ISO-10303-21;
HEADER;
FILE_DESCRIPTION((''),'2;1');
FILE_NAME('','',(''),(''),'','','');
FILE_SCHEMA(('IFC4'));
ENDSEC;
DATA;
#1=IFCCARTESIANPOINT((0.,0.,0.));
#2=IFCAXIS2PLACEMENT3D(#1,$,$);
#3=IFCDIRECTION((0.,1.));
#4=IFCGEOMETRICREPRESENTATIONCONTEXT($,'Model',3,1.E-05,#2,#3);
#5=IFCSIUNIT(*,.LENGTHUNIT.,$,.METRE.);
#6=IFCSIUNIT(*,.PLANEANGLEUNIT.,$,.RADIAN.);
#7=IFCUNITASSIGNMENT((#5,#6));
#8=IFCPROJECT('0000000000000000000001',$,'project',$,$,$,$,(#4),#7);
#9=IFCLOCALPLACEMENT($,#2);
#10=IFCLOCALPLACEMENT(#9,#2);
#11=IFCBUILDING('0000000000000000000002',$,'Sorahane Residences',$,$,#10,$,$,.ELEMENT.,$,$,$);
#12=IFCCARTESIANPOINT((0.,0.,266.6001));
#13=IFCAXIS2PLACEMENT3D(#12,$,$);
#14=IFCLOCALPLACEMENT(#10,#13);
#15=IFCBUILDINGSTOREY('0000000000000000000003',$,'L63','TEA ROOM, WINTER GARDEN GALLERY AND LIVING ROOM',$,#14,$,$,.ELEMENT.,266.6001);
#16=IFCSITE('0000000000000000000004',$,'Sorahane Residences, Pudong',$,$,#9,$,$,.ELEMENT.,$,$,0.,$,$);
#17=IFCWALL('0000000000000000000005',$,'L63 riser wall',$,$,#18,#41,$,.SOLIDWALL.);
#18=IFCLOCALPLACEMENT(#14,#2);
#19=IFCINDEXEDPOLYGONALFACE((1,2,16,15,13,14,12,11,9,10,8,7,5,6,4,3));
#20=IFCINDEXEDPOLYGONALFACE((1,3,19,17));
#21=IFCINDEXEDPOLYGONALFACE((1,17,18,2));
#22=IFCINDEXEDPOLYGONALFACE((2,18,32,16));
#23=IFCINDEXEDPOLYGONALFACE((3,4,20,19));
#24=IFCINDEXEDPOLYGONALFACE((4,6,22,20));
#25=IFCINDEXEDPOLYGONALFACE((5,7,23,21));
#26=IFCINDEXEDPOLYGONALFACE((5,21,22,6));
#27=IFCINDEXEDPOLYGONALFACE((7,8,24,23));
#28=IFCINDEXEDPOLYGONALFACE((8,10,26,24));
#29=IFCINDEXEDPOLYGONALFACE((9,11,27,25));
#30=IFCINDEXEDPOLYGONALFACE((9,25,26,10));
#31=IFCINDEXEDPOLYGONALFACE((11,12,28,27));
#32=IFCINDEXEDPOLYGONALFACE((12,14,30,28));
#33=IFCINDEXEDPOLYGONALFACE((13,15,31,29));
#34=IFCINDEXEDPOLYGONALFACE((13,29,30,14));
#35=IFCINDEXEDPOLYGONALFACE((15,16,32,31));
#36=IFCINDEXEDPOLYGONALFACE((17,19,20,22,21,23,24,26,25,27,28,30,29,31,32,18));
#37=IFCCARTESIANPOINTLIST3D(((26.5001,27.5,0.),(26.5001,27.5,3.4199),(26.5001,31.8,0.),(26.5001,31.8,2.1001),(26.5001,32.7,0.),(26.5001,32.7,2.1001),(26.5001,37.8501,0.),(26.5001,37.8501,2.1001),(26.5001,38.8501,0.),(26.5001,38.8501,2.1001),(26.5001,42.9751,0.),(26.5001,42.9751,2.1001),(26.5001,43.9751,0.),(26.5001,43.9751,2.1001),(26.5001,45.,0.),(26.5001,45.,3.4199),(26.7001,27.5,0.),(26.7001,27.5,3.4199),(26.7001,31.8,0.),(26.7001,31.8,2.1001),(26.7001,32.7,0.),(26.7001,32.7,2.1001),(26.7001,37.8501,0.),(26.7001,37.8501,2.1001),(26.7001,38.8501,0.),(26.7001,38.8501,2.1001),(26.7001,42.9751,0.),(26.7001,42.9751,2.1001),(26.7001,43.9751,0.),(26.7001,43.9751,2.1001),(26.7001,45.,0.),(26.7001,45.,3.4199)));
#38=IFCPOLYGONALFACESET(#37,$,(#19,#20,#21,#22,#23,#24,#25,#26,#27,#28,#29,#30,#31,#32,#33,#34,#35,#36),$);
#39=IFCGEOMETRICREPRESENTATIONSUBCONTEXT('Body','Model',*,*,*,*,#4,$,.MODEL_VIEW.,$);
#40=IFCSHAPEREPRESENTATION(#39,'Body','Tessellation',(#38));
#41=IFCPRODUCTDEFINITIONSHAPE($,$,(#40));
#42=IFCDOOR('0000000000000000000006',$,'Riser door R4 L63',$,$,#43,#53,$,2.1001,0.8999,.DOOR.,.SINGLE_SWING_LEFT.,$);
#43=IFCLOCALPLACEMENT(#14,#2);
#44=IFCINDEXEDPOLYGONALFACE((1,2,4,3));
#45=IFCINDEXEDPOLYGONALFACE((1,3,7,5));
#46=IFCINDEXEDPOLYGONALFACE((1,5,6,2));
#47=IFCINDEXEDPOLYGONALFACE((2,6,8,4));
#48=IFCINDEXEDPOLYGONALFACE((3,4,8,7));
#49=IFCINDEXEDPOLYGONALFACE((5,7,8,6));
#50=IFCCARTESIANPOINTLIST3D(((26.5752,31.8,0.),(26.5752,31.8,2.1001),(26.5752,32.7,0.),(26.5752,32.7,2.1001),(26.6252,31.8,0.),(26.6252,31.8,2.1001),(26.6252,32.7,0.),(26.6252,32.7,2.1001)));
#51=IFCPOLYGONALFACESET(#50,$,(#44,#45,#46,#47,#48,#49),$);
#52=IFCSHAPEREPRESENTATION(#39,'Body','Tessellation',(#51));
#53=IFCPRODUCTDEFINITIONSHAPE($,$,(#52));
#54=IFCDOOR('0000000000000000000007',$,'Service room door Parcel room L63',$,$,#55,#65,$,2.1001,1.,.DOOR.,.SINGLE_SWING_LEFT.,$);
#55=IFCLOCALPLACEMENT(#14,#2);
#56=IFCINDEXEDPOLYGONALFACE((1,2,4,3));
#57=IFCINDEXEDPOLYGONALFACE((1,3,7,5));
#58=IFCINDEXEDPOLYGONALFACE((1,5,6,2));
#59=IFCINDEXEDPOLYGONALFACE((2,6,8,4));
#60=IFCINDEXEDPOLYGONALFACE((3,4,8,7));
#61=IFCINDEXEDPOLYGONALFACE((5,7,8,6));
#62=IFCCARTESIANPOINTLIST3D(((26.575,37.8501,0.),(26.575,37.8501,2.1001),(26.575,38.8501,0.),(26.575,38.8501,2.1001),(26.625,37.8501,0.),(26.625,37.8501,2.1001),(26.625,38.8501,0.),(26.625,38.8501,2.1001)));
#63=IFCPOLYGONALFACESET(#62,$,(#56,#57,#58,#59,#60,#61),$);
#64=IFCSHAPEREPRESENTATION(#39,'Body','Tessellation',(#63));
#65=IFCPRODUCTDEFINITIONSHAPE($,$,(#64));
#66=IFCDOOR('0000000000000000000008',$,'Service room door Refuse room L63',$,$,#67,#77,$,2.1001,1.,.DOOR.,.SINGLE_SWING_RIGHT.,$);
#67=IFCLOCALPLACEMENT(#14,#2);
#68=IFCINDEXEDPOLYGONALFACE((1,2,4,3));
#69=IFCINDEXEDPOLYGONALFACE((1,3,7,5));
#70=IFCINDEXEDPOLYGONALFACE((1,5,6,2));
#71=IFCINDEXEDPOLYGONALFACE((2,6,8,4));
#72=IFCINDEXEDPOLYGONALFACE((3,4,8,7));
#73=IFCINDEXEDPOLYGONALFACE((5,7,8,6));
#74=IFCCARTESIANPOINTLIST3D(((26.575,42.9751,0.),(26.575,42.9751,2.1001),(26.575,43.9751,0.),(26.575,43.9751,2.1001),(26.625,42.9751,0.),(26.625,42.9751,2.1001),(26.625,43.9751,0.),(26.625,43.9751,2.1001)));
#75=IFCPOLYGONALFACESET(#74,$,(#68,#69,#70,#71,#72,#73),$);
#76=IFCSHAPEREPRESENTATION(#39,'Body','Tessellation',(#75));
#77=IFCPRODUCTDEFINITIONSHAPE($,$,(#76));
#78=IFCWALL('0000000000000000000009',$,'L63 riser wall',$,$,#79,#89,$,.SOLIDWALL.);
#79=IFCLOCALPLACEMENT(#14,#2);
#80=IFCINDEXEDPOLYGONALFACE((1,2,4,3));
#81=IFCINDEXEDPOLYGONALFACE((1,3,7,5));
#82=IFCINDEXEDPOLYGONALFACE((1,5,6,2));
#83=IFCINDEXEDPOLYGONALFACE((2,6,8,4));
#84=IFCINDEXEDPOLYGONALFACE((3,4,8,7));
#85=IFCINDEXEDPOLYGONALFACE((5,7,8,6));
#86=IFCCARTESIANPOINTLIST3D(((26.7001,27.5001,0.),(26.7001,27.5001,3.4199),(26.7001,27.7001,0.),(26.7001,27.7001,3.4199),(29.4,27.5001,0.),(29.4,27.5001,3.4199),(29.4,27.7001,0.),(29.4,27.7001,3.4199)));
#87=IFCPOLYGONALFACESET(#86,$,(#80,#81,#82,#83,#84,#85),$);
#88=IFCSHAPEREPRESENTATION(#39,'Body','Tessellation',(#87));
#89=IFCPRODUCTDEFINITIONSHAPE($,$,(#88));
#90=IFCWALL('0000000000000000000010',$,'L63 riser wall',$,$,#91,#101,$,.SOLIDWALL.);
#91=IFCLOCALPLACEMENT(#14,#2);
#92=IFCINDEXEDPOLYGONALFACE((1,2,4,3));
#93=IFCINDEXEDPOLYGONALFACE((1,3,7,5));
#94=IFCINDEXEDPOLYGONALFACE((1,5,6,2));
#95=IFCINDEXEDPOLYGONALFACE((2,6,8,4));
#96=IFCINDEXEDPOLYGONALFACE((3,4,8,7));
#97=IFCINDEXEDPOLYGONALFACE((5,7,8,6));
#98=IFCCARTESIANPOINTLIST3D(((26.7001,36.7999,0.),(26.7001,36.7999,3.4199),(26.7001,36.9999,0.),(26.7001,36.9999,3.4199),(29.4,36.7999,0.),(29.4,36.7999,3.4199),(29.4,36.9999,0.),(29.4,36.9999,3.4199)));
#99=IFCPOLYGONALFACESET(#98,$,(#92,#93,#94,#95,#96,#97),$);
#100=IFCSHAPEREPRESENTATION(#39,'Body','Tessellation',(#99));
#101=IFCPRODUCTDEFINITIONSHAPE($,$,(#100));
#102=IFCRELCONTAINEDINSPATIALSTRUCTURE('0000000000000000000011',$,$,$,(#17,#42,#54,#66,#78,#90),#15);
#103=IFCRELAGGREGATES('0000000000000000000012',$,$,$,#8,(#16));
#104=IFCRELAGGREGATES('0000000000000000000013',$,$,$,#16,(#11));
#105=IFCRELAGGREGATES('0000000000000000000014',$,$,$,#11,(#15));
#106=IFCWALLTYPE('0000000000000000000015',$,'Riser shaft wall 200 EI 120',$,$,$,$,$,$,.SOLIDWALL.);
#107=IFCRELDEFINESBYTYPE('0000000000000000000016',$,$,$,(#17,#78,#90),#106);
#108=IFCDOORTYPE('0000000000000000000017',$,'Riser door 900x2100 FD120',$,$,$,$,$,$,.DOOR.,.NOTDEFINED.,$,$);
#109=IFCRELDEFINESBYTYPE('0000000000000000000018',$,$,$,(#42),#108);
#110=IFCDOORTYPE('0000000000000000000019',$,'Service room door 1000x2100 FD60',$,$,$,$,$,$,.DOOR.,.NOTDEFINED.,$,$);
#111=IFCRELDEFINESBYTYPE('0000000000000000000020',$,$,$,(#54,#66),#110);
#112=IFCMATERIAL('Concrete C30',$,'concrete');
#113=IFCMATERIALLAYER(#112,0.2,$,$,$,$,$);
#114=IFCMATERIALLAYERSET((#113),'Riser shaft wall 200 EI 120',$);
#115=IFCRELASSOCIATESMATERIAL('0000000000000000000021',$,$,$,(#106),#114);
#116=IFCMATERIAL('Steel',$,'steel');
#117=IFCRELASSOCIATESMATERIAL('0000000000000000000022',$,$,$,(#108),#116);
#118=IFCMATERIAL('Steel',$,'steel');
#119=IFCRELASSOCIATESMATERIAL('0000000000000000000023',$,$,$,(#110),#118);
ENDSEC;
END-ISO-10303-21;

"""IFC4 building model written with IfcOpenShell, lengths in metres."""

from ifc_helpers import new_model, si_unit, direction, frame, frame_2d, origin, place, context, subcontext, project, spatial, rectangle, extrude, material, layer, layer_set, type_object, element, fill, save


model = new_model("IFC4")

# Units and contexts
model_context = context("Model", 3, precision=1e-05, world=origin(), true_north=direction((0.0, 1.0)))
body_context = subcontext(model_context, "Body", "Model", "MODEL_VIEW")
ifc_project = project(units=[si_unit("LENGTHUNIT", "METRE"), si_unit("PLANEANGLEUNIT", "RADIAN")], contexts=[model_context])

# Site, building, storey
site_placement = place(None, origin())
site = spatial("IfcSite", under=ifc_project, at=site_placement, Name="Sorahane Residences, Pudong", CompositionType="ELEMENT", RefElevation=0.0)
building_placement = place(site_placement, origin())
building = spatial("IfcBuilding", under=site, at=building_placement, Name="Sorahane Residences", CompositionType="ELEMENT")
storey_placement = place(building_placement, frame((0.0, 0.0, 266.6001)))
storey = spatial("IfcBuildingStorey", under=building, at=storey_placement, Name="L63", Description="TEA ROOM, WINTER GARDEN GALLERY AND LIVING ROOM", CompositionType="ELEMENT", Elevation=266.6001)

# Wall, openings, doors
ifc_material_1 = material(Name="Concrete C30", Category="concrete")
ifc_layer_1 = layer(ifc_material_1, 0.2)
ifc_layer_set_1 = layer_set([ifc_layer_1], Name="Riser shaft wall 200 EI 120")
wall_type_1 = type_object("IfcWallType", Name="Riser shaft wall 200 EI 120", PredefinedType="SOLIDWALL", material=ifc_layer_set_1)
wall_1_placement = place(storey_placement, frame((26.6001, 27.5, 0.0), z_axis=(0.0, 0.0, 1.0), x_axis=(0.0, 1.0, 0.0)))
wall_1 = element("IfcWall", 1, at=wall_1_placement, inside=storey, type_object=wall_type_1, Name="L63 riser wall", PredefinedType="SOLIDWALL", context=body_context, shape_type="SweptSolid", body=[
    extrude(rectangle(XDim=17.5, YDim=0.2, at=frame_2d((8.75, 0.0))), origin(), (0.0, 0.0, 1.0), 3.4199),
])
opening_1_placement = place(wall_1_placement, frame((4.3, 0.0, 0.0)))
opening_1 = element("IfcOpeningElement", 2, at=opening_1_placement, cuts=wall_1, PredefinedType="OPENING", context=body_context, shape_type="SweptSolid", body=[
    extrude(rectangle(XDim=0.8999, YDim=2.1001, at=frame_2d((0.45, 1.05))), frame((0.0, 0.1099, 0.0), z_axis=(0.0, -1.0, 0.0), x_axis=(1.0, 0.0, 0.0)), (0.0, 0.0, 1.0), 0.22),
])
opening_2_placement = place(wall_1_placement, frame((10.3501, 0.0, 0.0)))
opening_2 = element("IfcOpeningElement", 3, at=opening_2_placement, cuts=wall_1, PredefinedType="OPENING", context=body_context, shape_type="SweptSolid", body=[
    extrude(rectangle(XDim=1.0, YDim=2.1001, at=frame_2d((0.5, 1.05))), frame((0.0, 0.1099, 0.0), z_axis=(0.0, -1.0, 0.0), x_axis=(1.0, 0.0, 0.0)), (0.0, 0.0, 1.0), 0.22),
])
opening_3_placement = place(wall_1_placement, frame((15.4751, 0.0, 0.0)))
opening_3 = element("IfcOpeningElement", 4, at=opening_3_placement, cuts=wall_1, PredefinedType="OPENING", context=body_context, shape_type="SweptSolid", body=[
    extrude(rectangle(XDim=1.0, YDim=2.1001, at=frame_2d((0.5, 1.05))), frame((0.0, 0.1099, 0.0), z_axis=(0.0, -1.0, 0.0), x_axis=(1.0, 0.0, 0.0)), (0.0, 0.0, 1.0), 0.22),
])
ifc_material_2 = material(Name="Steel", Category="steel")
door_type_1 = type_object("IfcDoorType", Name="Riser door 900x2100 FD120", OperationType="NOTDEFINED", PredefinedType="DOOR", material=ifc_material_2)
door_1_placement = place(opening_1_placement, origin())
door_1 = element("IfcDoor", 5, at=door_1_placement, inside=storey, type_object=door_type_1, Name="Riser door R4 L63", OperationType="SINGLE_SWING_LEFT", OverallHeight=2.1001, OverallWidth=0.8999, PredefinedType="DOOR", context=body_context, shape_type="SweptSolid", body=[
    extrude(rectangle(XDim=0.8999, YDim=2.1001, at=frame_2d((0.45, 1.05))), frame((0.0, 0.0249, 0.0), z_axis=(0.0, -1.0, 0.0), x_axis=(1.0, 0.0, 0.0)), (0.0, 0.0, 1.0), 0.05),
])
fill(opening_1, door_1)
ifc_material_3 = material(Name="Steel", Category="steel")
door_type_2 = type_object("IfcDoorType", Name="Service room door 1000x2100 FD60", OperationType="NOTDEFINED", PredefinedType="DOOR", material=ifc_material_3)
door_2_placement = place(opening_2_placement, frame((1.0, 0.0, 0.0), z_axis=(0.0, 0.0, 1.0), x_axis=(-1.0, 0.0, 0.0)))
door_2 = element("IfcDoor", 6, at=door_2_placement, inside=storey, type_object=door_type_2, Name="Service room door Parcel room L63", OperationType="SINGLE_SWING_LEFT", OverallHeight=2.1001, OverallWidth=1.0, PredefinedType="DOOR", context=body_context, shape_type="SweptSolid", body=[
    extrude(rectangle(XDim=1.0, YDim=2.1001, at=frame_2d((0.5, 1.05))), frame((0.0, 0.0249, 0.0), z_axis=(0.0, -1.0, 0.0), x_axis=(1.0, 0.0, 0.0)), (0.0, 0.0, 1.0), 0.05),
])
fill(opening_2, door_2)
door_3_placement = place(opening_3_placement, frame((1.0, 0.0, 0.0), z_axis=(0.0, 0.0, 1.0), x_axis=(-1.0, 0.0, 0.0)))
door_3 = element("IfcDoor", 7, at=door_3_placement, inside=storey, type_object=door_type_2, Name="Service room door Refuse room L63", OperationType="SINGLE_SWING_RIGHT", OverallHeight=2.1001, OverallWidth=1.0, PredefinedType="DOOR", context=body_context, shape_type="SweptSolid", body=[
    extrude(rectangle(XDim=1.0, YDim=2.1001, at=frame_2d((0.5, 1.05))), frame((0.0, 0.0249, 0.0), z_axis=(0.0, -1.0, 0.0), x_axis=(1.0, 0.0, 0.0)), (0.0, 0.0, 1.0), 0.05),
])
fill(opening_3, door_3)

# Walls
for number, where, z_axis, x_axis, name in (
    (8, (26.7, 27.6001, 0.0), (0.0, 0.0, 1.0), (1.0, 0.0, 0.0), "L63 riser wall"),
    (9, (26.7, 36.8999, 0.0), (0.0, 0.0, 1.0), (1.0, 0.0, 0.0), "L63 riser wall"),
):
    element("IfcWall", number, at=place(storey_placement, frame(where, z_axis=z_axis, x_axis=x_axis)), inside=storey, type_object=wall_type_1, Name=name, PredefinedType="SOLIDWALL", context=body_context, shape_type="SweptSolid", body=[
        extrude(rectangle(XDim=2.7, YDim=0.2, at=frame_2d((1.3501, 0.0))), origin(), (0.0, 0.0, 1.0), 3.4199),
    ])

save(model, "model.ifc")
